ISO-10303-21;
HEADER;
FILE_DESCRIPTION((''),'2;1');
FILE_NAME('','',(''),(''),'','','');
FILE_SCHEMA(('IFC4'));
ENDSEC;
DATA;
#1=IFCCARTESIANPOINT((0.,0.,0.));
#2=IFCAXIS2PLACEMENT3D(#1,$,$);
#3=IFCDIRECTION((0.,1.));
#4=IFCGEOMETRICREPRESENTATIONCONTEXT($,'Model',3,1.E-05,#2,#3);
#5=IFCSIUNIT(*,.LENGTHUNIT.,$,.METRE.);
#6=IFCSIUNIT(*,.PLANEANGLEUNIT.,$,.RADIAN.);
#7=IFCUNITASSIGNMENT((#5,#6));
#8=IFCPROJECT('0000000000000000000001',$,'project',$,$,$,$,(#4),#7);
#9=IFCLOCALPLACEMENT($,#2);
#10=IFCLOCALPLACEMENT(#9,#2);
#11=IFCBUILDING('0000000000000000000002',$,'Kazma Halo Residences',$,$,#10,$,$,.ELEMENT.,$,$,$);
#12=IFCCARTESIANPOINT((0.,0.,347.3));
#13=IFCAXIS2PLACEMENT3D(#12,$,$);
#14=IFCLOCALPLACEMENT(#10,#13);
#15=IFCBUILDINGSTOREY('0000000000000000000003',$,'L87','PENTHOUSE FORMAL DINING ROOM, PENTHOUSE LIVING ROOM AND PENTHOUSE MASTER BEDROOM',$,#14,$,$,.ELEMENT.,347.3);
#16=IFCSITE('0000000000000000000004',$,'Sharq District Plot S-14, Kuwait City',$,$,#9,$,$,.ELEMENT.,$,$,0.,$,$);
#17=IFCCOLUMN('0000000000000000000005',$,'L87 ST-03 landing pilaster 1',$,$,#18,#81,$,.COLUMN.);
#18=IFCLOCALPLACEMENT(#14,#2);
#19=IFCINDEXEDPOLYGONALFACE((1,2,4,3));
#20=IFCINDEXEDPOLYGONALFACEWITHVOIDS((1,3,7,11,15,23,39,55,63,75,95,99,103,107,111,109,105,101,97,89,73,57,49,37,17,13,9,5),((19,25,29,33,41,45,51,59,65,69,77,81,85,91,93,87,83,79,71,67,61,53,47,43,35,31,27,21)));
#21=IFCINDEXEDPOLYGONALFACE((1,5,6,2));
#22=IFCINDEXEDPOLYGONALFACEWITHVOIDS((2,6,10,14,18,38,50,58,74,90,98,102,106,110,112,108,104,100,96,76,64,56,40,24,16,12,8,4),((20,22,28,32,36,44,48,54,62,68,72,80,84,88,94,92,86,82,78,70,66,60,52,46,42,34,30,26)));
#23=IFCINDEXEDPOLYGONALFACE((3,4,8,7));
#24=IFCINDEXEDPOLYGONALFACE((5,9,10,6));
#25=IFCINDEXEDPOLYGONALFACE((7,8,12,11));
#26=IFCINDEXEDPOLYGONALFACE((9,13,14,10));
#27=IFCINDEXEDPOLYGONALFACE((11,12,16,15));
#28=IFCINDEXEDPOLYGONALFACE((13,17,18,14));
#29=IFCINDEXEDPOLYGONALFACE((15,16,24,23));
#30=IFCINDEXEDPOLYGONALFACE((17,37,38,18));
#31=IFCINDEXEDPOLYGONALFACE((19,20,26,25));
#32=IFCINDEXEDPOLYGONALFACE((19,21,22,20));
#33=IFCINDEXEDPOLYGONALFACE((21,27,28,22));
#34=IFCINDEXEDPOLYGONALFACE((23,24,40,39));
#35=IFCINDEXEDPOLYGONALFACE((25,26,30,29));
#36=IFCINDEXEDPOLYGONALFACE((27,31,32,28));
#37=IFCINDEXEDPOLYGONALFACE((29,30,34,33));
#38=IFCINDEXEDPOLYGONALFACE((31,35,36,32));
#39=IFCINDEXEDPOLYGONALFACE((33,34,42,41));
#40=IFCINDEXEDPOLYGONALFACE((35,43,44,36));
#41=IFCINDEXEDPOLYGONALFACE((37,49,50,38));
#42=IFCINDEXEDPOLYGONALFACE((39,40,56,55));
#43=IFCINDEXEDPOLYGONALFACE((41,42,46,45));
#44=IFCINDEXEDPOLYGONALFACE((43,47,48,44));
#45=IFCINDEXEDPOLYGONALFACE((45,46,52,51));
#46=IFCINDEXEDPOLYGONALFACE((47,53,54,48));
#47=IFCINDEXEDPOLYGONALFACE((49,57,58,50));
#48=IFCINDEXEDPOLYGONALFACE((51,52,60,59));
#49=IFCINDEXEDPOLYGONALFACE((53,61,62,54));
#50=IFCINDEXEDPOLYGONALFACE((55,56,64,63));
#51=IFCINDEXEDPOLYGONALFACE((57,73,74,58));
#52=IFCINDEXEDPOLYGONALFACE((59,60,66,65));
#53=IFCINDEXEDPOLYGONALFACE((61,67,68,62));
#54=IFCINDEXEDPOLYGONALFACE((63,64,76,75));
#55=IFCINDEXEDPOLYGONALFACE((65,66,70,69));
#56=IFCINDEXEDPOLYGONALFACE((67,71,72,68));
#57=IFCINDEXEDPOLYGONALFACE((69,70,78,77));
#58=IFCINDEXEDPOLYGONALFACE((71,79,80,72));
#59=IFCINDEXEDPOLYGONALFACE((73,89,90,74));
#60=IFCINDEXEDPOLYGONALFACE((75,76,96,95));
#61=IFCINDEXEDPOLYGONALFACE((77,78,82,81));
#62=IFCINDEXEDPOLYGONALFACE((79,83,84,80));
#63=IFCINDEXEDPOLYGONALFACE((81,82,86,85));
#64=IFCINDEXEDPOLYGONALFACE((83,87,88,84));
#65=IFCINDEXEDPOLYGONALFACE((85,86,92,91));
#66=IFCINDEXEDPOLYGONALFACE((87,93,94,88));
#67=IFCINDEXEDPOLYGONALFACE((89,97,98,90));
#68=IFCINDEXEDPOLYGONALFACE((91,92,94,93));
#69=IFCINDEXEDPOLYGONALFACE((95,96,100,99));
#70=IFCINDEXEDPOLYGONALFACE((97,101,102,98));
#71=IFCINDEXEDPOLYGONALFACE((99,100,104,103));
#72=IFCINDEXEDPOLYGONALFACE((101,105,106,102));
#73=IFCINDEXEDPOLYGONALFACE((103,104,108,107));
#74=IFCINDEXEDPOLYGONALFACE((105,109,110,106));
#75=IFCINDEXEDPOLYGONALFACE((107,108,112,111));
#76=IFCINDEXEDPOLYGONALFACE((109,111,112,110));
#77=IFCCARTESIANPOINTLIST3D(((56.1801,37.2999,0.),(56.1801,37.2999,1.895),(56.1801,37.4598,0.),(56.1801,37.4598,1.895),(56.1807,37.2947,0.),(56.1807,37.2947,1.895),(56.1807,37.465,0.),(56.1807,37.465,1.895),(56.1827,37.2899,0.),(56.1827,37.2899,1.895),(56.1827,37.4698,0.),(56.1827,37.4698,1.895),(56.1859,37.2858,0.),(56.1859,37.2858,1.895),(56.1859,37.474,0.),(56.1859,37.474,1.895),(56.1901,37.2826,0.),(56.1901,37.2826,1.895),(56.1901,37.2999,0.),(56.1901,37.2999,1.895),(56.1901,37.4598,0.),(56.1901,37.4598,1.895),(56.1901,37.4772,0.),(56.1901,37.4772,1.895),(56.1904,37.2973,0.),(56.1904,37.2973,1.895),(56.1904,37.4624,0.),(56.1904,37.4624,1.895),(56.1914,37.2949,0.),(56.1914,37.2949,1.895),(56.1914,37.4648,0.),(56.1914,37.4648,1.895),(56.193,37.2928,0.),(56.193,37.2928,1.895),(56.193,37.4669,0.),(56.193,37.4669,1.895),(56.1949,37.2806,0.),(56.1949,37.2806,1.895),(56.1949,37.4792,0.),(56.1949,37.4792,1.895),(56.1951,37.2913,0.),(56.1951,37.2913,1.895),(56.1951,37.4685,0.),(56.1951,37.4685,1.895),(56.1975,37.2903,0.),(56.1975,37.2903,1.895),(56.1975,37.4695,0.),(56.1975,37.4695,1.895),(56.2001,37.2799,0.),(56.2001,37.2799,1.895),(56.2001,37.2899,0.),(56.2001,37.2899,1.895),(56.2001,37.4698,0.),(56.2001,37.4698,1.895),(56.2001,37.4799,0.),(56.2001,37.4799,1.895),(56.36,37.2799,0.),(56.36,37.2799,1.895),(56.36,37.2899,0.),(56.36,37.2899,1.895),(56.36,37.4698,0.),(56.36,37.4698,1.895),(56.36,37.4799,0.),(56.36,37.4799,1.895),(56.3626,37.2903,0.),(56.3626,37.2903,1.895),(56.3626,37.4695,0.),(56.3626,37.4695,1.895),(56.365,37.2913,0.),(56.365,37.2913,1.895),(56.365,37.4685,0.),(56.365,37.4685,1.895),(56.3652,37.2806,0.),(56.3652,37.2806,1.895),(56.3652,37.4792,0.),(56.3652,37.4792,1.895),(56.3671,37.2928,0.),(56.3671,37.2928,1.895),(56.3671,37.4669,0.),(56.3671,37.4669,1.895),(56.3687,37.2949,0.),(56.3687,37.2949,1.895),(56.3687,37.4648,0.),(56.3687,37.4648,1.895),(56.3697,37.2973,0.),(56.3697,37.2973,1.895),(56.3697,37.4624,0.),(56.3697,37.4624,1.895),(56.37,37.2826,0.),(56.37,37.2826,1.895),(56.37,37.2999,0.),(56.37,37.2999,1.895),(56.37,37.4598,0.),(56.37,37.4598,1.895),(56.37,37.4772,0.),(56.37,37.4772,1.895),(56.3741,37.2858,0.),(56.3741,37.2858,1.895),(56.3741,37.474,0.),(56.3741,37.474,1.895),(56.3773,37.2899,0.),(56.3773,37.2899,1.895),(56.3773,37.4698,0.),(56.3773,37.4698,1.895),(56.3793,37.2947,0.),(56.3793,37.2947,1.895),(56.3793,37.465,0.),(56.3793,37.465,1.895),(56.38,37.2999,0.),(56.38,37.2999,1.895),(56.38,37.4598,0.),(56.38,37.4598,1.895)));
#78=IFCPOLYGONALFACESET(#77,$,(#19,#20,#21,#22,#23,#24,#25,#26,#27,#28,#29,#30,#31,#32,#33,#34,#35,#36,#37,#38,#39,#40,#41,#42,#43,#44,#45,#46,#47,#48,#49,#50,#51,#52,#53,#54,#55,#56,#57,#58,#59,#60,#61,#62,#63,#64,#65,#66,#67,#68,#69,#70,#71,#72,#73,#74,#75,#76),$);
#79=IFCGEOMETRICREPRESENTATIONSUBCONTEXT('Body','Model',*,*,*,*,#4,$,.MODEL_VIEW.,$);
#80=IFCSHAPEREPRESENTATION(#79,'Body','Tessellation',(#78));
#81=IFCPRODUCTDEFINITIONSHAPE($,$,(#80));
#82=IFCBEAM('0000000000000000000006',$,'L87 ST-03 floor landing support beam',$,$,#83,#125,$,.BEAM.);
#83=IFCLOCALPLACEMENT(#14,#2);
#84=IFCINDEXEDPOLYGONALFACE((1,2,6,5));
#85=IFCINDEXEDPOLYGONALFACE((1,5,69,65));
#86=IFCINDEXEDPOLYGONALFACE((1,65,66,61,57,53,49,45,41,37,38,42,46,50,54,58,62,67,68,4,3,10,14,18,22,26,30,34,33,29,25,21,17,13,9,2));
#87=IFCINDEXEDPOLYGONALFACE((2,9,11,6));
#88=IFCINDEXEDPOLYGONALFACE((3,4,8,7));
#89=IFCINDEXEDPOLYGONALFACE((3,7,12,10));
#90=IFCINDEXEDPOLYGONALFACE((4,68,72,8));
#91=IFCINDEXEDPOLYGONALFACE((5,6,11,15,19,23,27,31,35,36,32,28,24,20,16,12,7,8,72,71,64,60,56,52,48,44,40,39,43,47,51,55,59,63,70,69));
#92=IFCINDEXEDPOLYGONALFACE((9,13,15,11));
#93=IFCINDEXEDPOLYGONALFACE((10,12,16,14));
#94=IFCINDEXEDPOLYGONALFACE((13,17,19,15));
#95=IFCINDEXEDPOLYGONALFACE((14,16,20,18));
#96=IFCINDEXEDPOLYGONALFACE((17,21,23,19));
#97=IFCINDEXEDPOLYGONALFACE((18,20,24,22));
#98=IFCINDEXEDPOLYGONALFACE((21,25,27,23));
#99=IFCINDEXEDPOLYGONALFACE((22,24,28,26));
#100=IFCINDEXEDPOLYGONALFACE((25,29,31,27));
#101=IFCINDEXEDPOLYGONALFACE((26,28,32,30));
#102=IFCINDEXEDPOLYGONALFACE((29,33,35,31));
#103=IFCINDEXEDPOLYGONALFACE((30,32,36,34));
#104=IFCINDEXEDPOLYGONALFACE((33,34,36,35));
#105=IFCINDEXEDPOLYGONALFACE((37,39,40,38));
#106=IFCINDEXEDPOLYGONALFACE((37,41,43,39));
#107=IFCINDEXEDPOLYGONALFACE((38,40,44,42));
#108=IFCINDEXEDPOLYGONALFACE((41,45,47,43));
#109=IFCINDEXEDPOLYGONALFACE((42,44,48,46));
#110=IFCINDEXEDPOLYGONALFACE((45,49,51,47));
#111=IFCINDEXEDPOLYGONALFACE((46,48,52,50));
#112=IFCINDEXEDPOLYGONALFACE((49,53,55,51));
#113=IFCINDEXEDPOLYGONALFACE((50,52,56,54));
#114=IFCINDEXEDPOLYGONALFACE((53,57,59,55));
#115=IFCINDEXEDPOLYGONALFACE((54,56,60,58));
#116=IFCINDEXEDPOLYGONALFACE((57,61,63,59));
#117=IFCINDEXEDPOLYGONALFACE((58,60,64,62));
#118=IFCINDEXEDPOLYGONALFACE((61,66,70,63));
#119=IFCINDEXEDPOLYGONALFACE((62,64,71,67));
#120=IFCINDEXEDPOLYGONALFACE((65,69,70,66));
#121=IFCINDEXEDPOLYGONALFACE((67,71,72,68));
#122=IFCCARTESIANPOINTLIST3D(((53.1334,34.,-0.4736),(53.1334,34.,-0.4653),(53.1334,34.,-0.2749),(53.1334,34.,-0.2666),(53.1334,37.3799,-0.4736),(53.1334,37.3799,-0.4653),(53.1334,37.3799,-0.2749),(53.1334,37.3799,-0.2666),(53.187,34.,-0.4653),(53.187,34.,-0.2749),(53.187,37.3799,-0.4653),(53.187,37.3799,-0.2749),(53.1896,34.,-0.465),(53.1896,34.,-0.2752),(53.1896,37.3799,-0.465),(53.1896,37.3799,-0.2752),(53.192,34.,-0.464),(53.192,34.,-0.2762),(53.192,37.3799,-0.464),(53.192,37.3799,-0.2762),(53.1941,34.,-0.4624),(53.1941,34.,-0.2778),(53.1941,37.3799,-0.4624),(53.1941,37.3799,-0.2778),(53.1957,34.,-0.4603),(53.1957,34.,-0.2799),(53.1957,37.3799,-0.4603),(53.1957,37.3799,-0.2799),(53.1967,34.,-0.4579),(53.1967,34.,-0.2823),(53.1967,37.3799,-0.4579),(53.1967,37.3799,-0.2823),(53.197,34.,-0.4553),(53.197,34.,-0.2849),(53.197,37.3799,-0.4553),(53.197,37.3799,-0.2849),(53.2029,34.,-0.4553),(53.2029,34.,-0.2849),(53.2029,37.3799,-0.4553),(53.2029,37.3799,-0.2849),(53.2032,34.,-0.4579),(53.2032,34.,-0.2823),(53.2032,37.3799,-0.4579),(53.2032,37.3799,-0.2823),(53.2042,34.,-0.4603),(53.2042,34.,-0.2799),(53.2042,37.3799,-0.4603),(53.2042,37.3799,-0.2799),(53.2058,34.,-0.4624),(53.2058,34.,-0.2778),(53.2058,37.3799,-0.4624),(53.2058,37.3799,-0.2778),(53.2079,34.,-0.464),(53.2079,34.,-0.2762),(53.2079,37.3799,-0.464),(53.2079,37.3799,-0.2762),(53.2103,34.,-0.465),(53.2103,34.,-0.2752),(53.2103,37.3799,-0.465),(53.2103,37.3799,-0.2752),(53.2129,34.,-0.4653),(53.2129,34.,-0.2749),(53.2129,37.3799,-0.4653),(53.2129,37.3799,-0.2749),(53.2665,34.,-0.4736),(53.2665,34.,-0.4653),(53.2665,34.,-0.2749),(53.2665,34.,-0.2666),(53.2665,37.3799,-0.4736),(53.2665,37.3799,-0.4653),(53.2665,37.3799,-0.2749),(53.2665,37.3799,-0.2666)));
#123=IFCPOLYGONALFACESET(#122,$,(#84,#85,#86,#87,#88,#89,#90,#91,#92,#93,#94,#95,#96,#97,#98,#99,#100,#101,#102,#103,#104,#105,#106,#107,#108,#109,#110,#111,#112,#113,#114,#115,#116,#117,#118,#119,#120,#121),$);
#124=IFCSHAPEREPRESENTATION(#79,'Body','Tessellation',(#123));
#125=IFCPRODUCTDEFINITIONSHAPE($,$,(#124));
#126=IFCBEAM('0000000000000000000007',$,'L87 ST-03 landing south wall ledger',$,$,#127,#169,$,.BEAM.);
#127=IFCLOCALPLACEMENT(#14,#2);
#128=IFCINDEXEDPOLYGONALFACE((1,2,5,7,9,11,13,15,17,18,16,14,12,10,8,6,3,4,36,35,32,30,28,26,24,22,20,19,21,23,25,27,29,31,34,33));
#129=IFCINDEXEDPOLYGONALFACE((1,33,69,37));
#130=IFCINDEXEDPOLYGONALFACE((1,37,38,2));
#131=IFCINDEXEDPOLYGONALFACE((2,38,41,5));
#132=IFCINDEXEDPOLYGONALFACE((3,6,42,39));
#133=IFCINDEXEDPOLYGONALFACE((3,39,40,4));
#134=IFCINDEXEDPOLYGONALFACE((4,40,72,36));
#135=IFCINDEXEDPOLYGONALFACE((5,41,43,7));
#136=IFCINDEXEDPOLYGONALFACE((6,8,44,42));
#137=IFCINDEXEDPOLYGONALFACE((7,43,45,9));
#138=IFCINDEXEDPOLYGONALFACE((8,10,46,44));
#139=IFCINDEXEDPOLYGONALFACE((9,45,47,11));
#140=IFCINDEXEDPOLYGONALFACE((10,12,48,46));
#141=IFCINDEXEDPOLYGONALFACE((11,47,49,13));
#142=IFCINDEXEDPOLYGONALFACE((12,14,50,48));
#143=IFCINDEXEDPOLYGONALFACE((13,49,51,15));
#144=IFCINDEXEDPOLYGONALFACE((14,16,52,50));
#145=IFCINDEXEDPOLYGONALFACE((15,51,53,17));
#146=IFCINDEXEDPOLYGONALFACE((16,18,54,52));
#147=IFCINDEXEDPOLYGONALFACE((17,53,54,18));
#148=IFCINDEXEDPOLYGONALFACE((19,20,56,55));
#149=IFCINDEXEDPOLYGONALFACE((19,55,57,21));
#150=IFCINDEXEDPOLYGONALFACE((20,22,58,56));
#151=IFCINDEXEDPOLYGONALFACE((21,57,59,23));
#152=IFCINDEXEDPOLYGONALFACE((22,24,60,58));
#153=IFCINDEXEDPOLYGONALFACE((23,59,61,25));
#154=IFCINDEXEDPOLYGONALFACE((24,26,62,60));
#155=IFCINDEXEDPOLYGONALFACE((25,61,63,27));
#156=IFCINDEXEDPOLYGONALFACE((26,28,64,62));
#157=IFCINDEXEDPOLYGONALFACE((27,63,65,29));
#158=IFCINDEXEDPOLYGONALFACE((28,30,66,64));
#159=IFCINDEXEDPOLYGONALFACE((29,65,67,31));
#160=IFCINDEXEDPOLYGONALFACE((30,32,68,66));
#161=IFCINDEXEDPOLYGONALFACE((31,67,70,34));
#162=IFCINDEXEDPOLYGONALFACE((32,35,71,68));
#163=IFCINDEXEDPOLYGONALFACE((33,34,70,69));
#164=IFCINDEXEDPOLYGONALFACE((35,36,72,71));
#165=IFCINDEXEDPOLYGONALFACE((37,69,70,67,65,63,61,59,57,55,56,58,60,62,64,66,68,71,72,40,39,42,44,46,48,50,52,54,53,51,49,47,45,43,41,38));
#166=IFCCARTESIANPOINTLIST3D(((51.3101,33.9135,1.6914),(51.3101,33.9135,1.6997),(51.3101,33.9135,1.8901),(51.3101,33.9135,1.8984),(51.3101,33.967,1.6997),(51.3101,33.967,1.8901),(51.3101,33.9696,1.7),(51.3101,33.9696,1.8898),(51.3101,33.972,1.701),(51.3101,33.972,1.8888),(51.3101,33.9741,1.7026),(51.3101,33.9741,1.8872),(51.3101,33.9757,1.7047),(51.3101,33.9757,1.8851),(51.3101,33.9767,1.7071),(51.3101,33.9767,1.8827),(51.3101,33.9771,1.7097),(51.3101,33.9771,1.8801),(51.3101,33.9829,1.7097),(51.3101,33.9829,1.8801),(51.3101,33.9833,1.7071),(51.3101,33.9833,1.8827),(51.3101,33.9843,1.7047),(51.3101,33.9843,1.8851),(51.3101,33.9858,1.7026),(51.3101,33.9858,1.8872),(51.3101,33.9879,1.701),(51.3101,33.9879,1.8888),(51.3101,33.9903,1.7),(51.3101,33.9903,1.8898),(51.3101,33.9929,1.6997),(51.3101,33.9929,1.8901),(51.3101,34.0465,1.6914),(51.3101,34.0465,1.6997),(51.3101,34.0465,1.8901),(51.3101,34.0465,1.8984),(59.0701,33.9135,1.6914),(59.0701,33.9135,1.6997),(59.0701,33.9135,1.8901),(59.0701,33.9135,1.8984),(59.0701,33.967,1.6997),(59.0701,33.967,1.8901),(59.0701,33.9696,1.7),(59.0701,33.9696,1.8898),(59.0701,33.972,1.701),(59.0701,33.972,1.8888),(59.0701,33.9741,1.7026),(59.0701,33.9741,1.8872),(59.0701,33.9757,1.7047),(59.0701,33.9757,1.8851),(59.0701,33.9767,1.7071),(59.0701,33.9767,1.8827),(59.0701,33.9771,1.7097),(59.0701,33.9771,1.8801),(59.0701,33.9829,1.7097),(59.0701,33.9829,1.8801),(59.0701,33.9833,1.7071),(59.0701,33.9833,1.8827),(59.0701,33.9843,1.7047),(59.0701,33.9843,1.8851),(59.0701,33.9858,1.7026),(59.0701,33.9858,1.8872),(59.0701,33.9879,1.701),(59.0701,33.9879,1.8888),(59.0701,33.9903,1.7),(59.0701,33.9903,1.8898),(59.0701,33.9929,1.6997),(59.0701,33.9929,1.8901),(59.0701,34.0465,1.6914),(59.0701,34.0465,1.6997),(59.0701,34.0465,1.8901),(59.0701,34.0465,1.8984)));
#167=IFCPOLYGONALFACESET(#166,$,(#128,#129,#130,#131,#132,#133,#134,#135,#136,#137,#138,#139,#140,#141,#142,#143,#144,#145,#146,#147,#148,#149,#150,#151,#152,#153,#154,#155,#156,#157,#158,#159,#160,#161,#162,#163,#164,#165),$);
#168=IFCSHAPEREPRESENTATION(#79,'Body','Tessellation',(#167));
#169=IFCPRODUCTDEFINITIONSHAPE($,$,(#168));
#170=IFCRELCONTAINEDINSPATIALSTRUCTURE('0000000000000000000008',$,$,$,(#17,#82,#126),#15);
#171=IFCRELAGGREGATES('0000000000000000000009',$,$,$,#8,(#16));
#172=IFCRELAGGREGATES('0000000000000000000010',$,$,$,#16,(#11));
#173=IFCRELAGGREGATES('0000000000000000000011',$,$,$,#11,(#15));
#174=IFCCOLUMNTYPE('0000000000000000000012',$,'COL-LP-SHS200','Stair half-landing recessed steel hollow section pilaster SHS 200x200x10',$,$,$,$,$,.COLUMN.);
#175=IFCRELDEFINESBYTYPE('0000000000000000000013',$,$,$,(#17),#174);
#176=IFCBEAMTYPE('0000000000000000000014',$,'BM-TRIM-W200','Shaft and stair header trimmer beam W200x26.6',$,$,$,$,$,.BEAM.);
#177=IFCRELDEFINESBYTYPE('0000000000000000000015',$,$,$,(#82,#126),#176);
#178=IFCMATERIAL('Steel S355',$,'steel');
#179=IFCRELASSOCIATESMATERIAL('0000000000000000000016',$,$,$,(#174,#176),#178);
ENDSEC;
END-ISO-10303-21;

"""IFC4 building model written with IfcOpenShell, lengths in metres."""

from ifc_helpers import new_model, si_unit, direction, frame, origin, origin_2d, place, context, subcontext, project, spatial, hollow_rectangle, i_section, extrude, material, material_profile, profile_set, type_object, element, save


model = new_model("IFC4")

# Units and contexts
model_context = context("Model", 3, precision=1e-05, world=origin(), true_north=direction((0.0, 1.0)))
body_context = subcontext(model_context, "Body", "Model", "MODEL_VIEW")
ifc_project = project(units=[si_unit("LENGTHUNIT", "METRE"), si_unit("PLANEANGLEUNIT", "RADIAN")], contexts=[model_context])

# Site, building, storey
site_placement = place(None, origin())
site = spatial("IfcSite", under=ifc_project, at=site_placement, Name="Sharq District Plot S-14, Kuwait City", CompositionType="ELEMENT", RefElevation=0.0)
building_placement = place(site_placement, origin())
building = spatial("IfcBuilding", under=site, at=building_placement, Name="Kazma Halo Residences", CompositionType="ELEMENT")
storey_placement = place(building_placement, frame((0.0, 0.0, 347.3)))
storey = spatial("IfcBuildingStorey", under=building, at=storey_placement, Name="L87", Description="PENTHOUSE FORMAL DINING ROOM, PENTHOUSE LIVING ROOM AND PENTHOUSE MASTER BEDROOM", CompositionType="ELEMENT", Elevation=347.3)

# Column
ifc_material_1 = material(Name="Steel S355", Category="steel")
ifc_material_profile_1 = material_profile(ifc_material_1, hollow_rectangle(XDim=0.2, YDim=0.2, WallThickness=0.01, InnerFilletRadius=0.01, OuterFilletRadius=0.02, at=origin_2d()), Name="SHS200x200x10")
ifc_profile_set_1 = profile_set([ifc_material_profile_1], Name="Steel S355")
column_type = type_object("IfcColumnType", Name="COL-LP-SHS200", Description="Stair half-landing recessed steel hollow section pilaster SHS 200x200x10", PredefinedType="COLUMN", material=ifc_profile_set_1)
column_placement = place(storey_placement, frame((56.28, 37.3799, 0.0), z_axis=(0.0, 0.0, 1.0), x_axis=(1.0, 0.0, 0.0)))
element("IfcColumn", 1, at=column_placement, inside=storey, type_object=column_type, Name="L87 ST-03 landing pilaster 1", PredefinedType="COLUMN", context=body_context, shape_type="SweptSolid", body=[
    extrude(hollow_rectangle(XDim=0.2, YDim=0.2, WallThickness=0.01, InnerFilletRadius=0.01, OuterFilletRadius=0.02, at=origin_2d()), origin(), (0.0, 0.0, 1.0), 1.895),
])

# Beams
ifc_material_profile_2 = material_profile(ifc_material_1, i_section(OverallWidth=0.1331, OverallDepth=0.207, WebThickness=0.0059, FlangeThickness=0.0083, FilletRadius=0.01, at=origin_2d()), Name="W200x26.6")
ifc_profile_set_2 = profile_set([ifc_material_profile_2], Name="Steel S355")
beam_type = type_object("IfcBeamType", Name="BM-TRIM-W200", Description="Shaft and stair header trimmer beam W200x26.6", PredefinedType="BEAM", material=ifc_profile_set_2)
beam_1_placement = place(storey_placement, frame((53.2, 34.0, -0.3701), z_axis=(0.0, 1.0, 0.0), x_axis=(-1.0, 0.0, 0.0)))
element("IfcBeam", 2, at=beam_1_placement, inside=storey, type_object=beam_type, Name="L87 ST-03 floor landing support beam", PredefinedType="BEAM", context=body_context, shape_type="SweptSolid", body=[
    extrude(i_section(OverallWidth=0.1331, OverallDepth=0.207, WebThickness=0.0059, FlangeThickness=0.0083, FilletRadius=0.01, at=origin_2d()), origin(), (0.0, 0.0, 1.0), 3.3799),
])
beam_2_placement = place(storey_placement, frame((51.3101, 33.98, 1.7949), z_axis=(1.0, 0.0, 0.0), x_axis=(0.0, 1.0, 0.0)))
element("IfcBeam", 3, at=beam_2_placement, inside=storey, type_object=beam_type, Name="L87 ST-03 landing south wall ledger", PredefinedType="BEAM", context=body_context, shape_type="SweptSolid", body=[
    extrude(i_section(OverallWidth=0.1331, OverallDepth=0.207, WebThickness=0.0059, FlangeThickness=0.0083, FilletRadius=0.01, at=origin_2d()), origin(), (0.0, 0.0, 1.0), 7.76),
])

save(model, "model.ifc")
